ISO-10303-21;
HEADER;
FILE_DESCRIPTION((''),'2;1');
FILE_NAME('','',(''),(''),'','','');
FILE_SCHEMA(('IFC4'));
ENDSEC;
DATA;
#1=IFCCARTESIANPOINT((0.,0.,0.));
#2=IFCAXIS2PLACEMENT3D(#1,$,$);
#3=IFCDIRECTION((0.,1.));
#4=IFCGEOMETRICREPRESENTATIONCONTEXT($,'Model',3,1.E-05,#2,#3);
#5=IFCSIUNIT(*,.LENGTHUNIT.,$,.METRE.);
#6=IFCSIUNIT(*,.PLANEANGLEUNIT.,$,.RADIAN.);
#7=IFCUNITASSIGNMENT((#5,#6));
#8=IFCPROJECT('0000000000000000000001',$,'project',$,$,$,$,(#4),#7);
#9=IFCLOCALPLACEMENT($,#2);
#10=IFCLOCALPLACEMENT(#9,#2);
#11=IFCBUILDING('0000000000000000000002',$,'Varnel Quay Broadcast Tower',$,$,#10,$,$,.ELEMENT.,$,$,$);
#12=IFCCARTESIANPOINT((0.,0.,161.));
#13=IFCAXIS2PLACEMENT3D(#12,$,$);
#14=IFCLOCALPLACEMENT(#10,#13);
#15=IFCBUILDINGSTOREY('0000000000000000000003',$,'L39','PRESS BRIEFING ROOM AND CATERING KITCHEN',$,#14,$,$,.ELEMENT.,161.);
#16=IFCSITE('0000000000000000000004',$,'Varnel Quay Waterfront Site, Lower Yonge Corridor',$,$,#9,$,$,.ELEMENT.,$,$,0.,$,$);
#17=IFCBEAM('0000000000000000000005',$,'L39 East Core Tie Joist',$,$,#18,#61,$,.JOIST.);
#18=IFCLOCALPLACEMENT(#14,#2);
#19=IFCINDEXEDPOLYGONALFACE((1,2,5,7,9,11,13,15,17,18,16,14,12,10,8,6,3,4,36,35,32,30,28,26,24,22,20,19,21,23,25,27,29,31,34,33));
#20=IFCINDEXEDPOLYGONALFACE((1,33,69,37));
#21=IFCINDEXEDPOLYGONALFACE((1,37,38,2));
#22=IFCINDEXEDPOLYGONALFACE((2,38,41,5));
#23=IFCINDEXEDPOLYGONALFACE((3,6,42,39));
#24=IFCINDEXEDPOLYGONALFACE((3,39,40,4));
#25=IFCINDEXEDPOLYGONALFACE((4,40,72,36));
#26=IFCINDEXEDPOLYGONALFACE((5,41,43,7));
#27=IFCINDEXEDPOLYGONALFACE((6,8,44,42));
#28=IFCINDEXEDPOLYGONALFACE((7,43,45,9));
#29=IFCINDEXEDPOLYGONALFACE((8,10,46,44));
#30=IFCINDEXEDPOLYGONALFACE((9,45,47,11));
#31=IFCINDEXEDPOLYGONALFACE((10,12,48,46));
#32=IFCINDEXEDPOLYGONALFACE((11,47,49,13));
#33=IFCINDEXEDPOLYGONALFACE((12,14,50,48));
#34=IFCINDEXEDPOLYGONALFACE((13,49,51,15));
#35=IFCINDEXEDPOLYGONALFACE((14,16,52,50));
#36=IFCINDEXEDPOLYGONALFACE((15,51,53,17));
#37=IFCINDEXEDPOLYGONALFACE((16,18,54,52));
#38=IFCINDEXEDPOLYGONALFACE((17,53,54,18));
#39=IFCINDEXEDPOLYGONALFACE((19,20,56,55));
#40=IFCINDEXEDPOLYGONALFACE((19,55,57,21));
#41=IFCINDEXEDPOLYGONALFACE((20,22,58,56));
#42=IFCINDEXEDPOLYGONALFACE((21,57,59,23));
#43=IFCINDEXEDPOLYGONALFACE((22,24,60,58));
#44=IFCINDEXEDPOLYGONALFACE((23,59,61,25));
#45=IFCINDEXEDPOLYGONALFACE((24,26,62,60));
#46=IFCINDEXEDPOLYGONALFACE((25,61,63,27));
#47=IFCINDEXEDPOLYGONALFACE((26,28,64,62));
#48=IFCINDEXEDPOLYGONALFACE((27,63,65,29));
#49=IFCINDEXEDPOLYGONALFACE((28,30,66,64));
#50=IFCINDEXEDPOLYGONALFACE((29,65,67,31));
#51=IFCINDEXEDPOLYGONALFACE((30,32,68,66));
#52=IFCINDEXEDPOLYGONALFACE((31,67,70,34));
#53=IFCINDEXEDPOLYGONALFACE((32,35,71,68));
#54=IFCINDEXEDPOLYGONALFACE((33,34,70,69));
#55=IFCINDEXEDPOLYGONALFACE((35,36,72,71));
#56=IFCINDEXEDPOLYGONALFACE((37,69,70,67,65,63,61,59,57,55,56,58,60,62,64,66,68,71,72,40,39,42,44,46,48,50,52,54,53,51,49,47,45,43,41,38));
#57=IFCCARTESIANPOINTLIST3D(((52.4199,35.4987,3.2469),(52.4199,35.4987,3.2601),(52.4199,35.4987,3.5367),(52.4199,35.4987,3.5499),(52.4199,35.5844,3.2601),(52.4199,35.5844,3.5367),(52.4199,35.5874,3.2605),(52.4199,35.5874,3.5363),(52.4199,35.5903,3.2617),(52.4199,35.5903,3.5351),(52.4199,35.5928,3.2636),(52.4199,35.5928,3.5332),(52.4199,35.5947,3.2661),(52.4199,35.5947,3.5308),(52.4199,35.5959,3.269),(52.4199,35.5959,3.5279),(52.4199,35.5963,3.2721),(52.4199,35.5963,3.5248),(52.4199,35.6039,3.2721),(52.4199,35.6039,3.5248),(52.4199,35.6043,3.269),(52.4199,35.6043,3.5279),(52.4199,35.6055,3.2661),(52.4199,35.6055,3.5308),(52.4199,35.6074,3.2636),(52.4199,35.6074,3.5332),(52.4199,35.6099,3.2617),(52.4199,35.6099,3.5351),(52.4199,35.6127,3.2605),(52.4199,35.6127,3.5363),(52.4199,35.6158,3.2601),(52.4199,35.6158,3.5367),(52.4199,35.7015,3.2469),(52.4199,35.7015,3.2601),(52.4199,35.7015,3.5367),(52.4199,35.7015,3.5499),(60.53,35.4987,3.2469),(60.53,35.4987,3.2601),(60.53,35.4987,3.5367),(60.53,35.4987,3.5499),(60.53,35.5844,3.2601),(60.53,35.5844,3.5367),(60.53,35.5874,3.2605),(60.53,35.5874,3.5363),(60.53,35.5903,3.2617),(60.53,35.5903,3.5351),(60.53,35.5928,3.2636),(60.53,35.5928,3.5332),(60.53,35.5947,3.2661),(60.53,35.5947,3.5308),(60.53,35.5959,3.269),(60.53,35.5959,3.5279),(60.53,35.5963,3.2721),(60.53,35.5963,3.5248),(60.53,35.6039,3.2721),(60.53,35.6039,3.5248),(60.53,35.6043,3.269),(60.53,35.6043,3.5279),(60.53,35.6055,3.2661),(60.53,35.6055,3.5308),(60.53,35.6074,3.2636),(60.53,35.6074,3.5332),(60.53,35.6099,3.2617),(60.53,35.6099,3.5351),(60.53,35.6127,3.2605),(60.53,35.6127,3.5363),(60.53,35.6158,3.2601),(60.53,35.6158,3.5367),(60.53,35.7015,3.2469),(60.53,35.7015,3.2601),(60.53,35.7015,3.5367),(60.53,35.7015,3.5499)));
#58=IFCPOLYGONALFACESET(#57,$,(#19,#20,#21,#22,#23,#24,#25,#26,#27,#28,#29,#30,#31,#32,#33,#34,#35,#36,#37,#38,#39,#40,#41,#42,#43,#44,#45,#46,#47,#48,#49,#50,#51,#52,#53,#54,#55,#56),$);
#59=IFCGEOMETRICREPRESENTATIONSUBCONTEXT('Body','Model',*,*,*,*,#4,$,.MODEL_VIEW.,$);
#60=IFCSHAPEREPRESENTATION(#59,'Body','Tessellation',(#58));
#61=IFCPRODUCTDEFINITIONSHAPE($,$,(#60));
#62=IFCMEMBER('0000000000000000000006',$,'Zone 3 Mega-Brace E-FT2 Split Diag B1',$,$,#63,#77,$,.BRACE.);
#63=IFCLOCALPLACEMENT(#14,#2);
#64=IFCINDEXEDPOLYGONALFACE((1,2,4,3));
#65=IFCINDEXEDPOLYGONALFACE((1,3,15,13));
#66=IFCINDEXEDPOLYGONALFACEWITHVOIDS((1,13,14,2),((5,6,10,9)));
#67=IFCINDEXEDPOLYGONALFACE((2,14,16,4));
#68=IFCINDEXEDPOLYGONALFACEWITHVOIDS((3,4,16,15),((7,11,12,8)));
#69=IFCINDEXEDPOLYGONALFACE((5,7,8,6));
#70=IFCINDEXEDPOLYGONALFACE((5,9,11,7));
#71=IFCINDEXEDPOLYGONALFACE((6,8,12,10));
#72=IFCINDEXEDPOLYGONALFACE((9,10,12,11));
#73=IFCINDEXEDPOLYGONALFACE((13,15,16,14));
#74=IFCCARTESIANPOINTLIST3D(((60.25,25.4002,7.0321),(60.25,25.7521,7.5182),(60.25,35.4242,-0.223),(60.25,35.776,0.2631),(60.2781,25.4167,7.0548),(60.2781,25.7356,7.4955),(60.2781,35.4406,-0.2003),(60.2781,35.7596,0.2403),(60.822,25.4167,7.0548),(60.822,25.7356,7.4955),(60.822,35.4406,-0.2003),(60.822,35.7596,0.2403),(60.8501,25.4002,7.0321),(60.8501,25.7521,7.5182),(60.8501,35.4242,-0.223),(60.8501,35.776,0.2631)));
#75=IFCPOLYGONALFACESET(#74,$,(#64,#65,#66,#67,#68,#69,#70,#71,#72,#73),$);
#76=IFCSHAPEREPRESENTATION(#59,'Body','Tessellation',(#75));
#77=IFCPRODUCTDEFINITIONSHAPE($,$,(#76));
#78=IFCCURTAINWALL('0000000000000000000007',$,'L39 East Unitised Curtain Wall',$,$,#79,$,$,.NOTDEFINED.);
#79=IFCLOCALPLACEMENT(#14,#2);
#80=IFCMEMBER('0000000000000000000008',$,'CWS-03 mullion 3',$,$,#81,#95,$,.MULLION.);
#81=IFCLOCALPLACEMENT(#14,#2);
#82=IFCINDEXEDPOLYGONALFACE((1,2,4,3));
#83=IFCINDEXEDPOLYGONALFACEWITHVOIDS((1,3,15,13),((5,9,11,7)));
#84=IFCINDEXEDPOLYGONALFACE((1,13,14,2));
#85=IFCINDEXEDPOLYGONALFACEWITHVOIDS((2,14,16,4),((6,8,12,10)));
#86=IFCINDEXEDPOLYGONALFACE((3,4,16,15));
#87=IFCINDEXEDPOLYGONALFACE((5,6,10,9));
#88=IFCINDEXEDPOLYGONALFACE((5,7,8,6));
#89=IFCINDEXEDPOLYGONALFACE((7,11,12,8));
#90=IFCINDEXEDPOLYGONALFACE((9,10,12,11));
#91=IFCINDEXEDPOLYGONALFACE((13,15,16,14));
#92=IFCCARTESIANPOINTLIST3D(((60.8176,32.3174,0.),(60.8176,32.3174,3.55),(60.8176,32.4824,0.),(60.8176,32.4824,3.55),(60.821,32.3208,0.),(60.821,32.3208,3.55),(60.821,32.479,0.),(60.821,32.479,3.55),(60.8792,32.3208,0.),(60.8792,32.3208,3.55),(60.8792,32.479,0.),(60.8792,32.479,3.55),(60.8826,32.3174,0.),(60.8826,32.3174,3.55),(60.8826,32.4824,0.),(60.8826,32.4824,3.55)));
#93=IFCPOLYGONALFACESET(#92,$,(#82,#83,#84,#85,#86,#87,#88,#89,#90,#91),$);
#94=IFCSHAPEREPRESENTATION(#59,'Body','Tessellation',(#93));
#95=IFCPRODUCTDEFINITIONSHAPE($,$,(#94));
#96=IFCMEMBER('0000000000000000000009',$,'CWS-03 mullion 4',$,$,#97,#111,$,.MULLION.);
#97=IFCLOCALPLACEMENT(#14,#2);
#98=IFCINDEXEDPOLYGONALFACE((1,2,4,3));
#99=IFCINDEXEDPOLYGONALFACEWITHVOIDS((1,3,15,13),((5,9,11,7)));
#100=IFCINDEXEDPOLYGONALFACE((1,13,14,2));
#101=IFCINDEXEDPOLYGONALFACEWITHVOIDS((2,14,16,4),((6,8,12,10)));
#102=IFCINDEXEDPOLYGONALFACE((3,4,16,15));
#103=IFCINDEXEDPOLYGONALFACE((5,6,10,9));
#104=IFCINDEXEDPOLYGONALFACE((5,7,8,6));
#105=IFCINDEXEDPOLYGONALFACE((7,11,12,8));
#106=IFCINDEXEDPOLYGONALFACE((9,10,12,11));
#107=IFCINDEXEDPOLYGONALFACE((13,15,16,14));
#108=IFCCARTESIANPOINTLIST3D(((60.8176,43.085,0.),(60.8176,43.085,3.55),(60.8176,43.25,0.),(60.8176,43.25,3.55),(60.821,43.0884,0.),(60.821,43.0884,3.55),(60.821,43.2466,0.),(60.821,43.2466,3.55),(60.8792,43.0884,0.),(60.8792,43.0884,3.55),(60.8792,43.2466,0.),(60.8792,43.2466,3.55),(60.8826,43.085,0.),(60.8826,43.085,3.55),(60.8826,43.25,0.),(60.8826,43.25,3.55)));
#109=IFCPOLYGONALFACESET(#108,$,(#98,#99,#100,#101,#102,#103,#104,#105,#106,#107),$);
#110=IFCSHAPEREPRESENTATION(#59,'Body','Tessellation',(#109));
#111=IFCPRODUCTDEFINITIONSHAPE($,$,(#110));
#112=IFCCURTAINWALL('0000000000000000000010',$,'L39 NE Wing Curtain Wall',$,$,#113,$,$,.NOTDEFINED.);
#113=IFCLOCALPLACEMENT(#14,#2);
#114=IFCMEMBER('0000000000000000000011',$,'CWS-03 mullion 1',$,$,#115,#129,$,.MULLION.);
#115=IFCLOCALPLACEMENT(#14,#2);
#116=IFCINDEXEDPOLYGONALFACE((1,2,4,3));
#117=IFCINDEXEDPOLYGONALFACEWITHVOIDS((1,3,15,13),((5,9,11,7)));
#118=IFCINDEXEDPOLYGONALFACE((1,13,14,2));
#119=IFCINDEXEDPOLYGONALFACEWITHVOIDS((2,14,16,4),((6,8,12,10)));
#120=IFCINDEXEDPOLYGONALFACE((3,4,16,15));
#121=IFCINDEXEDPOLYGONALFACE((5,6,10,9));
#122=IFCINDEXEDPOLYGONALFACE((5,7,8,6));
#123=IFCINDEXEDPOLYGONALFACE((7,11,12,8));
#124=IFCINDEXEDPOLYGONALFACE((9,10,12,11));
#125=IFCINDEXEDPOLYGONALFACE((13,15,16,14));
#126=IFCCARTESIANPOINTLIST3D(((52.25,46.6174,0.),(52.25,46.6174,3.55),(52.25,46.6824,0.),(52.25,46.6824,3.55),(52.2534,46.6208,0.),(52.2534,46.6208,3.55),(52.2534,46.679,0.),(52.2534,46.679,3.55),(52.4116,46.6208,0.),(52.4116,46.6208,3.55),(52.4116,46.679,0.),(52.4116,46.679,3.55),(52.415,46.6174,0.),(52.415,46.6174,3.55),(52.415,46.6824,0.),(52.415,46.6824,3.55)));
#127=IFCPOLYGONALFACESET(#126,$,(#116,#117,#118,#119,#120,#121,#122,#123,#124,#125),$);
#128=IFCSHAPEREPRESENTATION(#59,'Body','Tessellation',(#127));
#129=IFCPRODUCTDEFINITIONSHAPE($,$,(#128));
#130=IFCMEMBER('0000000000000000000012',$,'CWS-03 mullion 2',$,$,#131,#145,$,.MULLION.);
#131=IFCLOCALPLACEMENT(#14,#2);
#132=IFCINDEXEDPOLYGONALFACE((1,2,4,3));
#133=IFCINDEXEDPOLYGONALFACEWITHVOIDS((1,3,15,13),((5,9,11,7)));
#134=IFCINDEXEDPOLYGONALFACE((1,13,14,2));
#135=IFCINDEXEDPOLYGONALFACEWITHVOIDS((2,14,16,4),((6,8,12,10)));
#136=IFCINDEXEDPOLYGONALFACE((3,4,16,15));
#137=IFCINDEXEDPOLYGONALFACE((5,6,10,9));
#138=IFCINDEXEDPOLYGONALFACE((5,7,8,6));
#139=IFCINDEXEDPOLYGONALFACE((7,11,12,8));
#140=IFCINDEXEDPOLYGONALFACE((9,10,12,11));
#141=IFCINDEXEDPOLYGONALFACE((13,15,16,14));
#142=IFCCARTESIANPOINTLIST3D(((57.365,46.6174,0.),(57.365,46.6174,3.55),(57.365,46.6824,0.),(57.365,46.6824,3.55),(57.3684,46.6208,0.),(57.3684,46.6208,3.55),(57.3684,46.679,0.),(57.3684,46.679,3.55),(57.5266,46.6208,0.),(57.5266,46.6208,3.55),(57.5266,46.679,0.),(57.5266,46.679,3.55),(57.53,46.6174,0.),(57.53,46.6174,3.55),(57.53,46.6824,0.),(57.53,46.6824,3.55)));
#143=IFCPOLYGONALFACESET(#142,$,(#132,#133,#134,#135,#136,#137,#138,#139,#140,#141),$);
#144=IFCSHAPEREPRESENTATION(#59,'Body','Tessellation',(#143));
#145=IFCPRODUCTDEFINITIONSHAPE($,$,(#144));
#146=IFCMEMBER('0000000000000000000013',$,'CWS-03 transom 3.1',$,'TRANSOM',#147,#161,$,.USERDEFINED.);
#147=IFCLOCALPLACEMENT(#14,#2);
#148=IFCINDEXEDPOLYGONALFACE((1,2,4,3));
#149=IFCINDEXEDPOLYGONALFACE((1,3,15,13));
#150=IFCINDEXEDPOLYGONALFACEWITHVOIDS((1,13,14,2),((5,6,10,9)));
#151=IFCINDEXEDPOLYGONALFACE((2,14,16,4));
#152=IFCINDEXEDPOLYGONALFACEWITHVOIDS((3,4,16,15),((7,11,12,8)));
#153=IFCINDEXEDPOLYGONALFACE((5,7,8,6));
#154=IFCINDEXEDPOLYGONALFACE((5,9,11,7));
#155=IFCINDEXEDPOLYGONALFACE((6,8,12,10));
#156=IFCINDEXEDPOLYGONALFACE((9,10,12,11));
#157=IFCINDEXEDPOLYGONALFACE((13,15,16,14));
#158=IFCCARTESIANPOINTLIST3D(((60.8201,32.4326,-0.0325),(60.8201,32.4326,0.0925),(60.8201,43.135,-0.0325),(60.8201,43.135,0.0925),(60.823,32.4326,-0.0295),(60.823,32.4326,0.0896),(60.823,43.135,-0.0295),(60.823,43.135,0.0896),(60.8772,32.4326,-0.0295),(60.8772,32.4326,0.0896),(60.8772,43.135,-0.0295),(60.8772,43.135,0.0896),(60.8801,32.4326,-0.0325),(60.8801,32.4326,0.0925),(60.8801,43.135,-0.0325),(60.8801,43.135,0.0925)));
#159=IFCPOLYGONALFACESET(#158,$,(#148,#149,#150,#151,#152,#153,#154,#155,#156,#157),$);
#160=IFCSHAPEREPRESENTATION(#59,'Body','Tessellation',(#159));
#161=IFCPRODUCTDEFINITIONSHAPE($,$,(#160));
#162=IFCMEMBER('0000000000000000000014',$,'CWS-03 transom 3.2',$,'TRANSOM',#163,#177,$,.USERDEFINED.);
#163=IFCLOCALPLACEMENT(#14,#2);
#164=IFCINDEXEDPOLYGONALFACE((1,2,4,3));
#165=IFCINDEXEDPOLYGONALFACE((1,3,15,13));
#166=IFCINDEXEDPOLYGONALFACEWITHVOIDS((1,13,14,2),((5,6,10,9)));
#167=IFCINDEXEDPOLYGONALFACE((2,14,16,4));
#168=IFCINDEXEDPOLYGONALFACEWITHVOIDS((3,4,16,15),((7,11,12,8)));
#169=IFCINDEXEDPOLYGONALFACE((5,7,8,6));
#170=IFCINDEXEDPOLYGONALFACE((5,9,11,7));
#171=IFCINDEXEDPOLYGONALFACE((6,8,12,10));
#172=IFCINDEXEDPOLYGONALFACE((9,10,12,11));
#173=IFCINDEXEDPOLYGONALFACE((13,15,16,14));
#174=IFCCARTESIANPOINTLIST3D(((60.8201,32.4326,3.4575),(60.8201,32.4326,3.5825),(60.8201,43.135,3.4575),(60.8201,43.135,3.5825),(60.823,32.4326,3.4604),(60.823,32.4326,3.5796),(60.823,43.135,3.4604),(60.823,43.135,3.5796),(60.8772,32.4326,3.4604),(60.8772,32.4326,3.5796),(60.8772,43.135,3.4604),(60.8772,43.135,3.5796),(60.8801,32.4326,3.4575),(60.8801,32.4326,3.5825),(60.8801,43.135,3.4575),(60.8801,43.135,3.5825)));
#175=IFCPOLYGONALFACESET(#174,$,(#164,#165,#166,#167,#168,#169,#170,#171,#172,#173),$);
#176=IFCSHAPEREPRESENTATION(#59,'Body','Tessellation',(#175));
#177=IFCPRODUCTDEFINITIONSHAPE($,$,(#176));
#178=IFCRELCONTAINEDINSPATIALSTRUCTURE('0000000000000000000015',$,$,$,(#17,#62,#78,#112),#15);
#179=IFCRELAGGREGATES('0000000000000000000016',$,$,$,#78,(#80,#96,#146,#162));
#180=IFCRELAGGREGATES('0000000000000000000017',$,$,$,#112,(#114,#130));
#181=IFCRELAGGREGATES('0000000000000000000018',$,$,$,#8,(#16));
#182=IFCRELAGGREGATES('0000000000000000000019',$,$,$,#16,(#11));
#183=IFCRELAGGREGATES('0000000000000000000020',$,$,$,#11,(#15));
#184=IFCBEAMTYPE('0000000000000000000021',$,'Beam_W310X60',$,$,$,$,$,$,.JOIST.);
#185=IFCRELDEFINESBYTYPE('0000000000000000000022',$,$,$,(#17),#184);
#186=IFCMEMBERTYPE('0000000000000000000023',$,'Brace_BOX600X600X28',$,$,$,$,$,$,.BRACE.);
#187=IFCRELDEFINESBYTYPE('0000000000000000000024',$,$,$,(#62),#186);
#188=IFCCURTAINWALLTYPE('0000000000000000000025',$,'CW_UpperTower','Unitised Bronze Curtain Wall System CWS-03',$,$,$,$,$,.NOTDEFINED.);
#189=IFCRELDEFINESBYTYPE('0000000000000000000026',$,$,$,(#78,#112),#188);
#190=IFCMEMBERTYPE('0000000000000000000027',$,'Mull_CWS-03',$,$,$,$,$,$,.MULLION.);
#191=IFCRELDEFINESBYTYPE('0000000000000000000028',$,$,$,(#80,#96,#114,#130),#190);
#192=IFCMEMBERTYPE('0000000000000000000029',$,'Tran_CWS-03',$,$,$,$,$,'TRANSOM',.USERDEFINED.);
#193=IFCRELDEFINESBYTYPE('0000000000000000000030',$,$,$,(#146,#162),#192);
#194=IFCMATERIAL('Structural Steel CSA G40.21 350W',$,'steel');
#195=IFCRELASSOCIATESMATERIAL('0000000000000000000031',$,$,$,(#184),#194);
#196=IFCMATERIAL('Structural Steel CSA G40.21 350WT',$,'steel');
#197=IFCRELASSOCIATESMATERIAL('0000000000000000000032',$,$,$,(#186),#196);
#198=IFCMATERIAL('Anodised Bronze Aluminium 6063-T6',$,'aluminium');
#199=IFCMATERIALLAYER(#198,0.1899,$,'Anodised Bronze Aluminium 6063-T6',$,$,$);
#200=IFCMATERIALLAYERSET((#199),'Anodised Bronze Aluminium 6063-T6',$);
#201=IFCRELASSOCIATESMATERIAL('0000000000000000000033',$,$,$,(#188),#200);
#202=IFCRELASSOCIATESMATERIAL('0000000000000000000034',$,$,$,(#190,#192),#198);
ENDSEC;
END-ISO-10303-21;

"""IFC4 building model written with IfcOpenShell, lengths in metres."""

from ifc_helpers import new_model, si_unit, direction, frame, origin, origin_2d, place, context, subcontext, project, spatial, hollow_rectangle, i_section, extrude, source, transform, mapped, material, layer, layer_set, material_profile, profile_set, type_object, type_shapes, element, aggregate, save


model = new_model("IFC4")

# Units and contexts
model_context = context("Model", 3, precision=1e-05, world=origin(), true_north=direction((0.0, 1.0)))
body_context = subcontext(model_context, "Body", "Model", "MODEL_VIEW")
ifc_project = project(units=[si_unit("LENGTHUNIT", "METRE"), si_unit("PLANEANGLEUNIT", "RADIAN")], contexts=[model_context])

# Site, building, storey
site_placement = place(None, origin())
site = spatial("IfcSite", under=ifc_project, at=site_placement, Name="Varnel Quay Waterfront Site, Lower Yonge Corridor", CompositionType="ELEMENT", RefElevation=0.0)
building_placement = place(site_placement, origin())
building = spatial("IfcBuilding", under=site, at=building_placement, Name="Varnel Quay Broadcast Tower", CompositionType="ELEMENT")
storey_placement = place(building_placement, frame((0.0, 0.0, 161.0)))
storey = spatial("IfcBuildingStorey", under=building, at=storey_placement, Name="L39", Description="PRESS BRIEFING ROOM AND CATERING KITCHEN", CompositionType="ELEMENT", Elevation=161.0)

# Shared definitions
ifc_material_1 = material(Name="Structural Steel CSA G40.21 350WT", Category="steel")
ifc_material_2 = material(Name="Structural Steel CSA G40.21 350W", Category="steel")

# Beam
ifc_material_profile_1 = material_profile(ifc_material_2, i_section(OverallWidth=0.2029, OverallDepth=0.303, WebThickness=0.0076, FlangeThickness=0.0132, FilletRadius=0.012, at=origin_2d()), Name="W310X60")
ifc_profile_set_1 = profile_set([ifc_material_profile_1], Name="Structural Steel CSA G40.21 350W")
beam_type_1 = type_object("IfcBeamType", Name="Beam_W310X60", PredefinedType="JOIST", material=ifc_profile_set_1)
shared_shape_1 = source(origin(), body_context, "Body", "SweptSolid", [
    extrude(i_section(OverallWidth=0.2029, OverallDepth=0.303, WebThickness=0.0076, FlangeThickness=0.0132, FilletRadius=0.012, at=origin_2d()), origin(), (0.0, 0.0, 1.0), 8.1101),
])
type_shapes(beam_type_1, [shared_shape_1])
beam_1_placement = place(storey_placement, frame((52.4199, 35.6001, 3.3984), z_axis=(1.0, 0.0, 0.0), x_axis=(0.0, 1.0, 0.0)))
element("IfcBeam", 1, at=beam_1_placement, inside=storey, type_object=beam_type_1, Name="L39 East Core Tie Joist", PredefinedType="JOIST", context=body_context, shape_type="MappedRepresentation", body=[
    mapped(shared_shape_1, transform((0.0, 0.0, 0.0), x_axis=(1.0, 0.0, 0.0), y_axis=(0.0, 1.0, 0.0), z_axis=(0.0, 0.0, 1.0), scale=1.0)),
])

# Member
ifc_material_profile_2 = material_profile(ifc_material_1, hollow_rectangle(XDim=0.6001, YDim=0.6001, WallThickness=0.0281, at=origin_2d()), Name="BOX600X600X28")
ifc_profile_set_2 = profile_set([ifc_material_profile_2], Name="Structural Steel CSA G40.21 350WT")
member_type_1 = type_object("IfcMemberType", Name="Brace_BOX600X600X28", PredefinedType="BRACE", material=ifc_profile_set_2)
shared_shape_2 = source(origin(), body_context, "Body", "SweptSolid", [
    extrude(hollow_rectangle(XDim=0.6001, YDim=0.6001, WallThickness=0.0281, at=origin_2d()), origin(), (0.0, 0.0, 1.0), 12.374),
])
type_shapes(member_type_1, [shared_shape_2])
member_1_placement = place(storey_placement, frame((60.55, 35.6001, 0.02), z_axis=(0.0, -0.810079, 0.58632), x_axis=(1.0, 0.0, 0.0)))
element("IfcMember", 2, at=member_1_placement, inside=storey, type_object=member_type_1, Name="Zone 3 Mega-Brace E-FT2 Split Diag B1", PredefinedType="BRACE", context=body_context, shape_type="MappedRepresentation", body=[
    mapped(shared_shape_2, transform((0.0, 0.0, 0.0), x_axis=(1.0, 0.0, 0.0), y_axis=(0.0, 1.0, 0.0), z_axis=(0.0, 0.0, 1.0), scale=1.0)),
])

# Curtain walls, members
ifc_material_3 = material(Name="Anodised Bronze Aluminium 6063-T6", Category="aluminium")
ifc_layer_1 = layer(ifc_material_3, 0.1899, Name="Anodised Bronze Aluminium 6063-T6")
ifc_layer_set_1 = layer_set([ifc_layer_1], Name="Anodised Bronze Aluminium 6063-T6")
curtain_wall_type = type_object("IfcCurtainWallType", Name="CW_UpperTower", Description="Unitised Bronze Curtain Wall System CWS-03", PredefinedType="NOTDEFINED", material=ifc_layer_set_1)
curtain_wall_1_placement = place(storey_placement, origin())
curtain_wall_1 = element("IfcCurtainWall", 3, at=curtain_wall_1_placement, inside=storey, type_object=curtain_wall_type, Name="L39 East Unitised Curtain Wall", PredefinedType="NOTDEFINED")
ifc_material_profile_3 = material_profile(ifc_material_3, hollow_rectangle(XDim=0.0649, YDim=0.165, WallThickness=0.0034, at=origin_2d()), Name="ALU65X165X3.5")
ifc_profile_set_3 = profile_set([ifc_material_profile_3], Name="Anodised Bronze Aluminium 6063-T6")
member_type_2 = type_object("IfcMemberType", Name="Mull_CWS-03", PredefinedType="MULLION", material=ifc_profile_set_3)
shared_shape_3 = source(origin(), body_context, "Body", "SweptSolid", [
    extrude(hollow_rectangle(XDim=0.0649, YDim=0.165, WallThickness=0.0034, at=origin_2d()), origin(), (0.0, 0.0, 1.0), 3.55),
])
type_shapes(member_type_2, [shared_shape_3])
member_2_placement = place(storey_placement, frame((60.8501, 32.3999, 0.0), z_axis=(0.0, 0.0, 1.0), x_axis=(-1.0, 0.0, 0.0)))
member_2 = element("IfcMember", 4, at=member_2_placement, type_object=member_type_2, Name="CWS-03 mullion 3", PredefinedType="MULLION", context=body_context, shape_type="MappedRepresentation", body=[
    mapped(shared_shape_3, transform((0.0, 0.0, 0.0), x_axis=(1.0, 0.0, 0.0), y_axis=(0.0, 1.0, 0.0), z_axis=(0.0, 0.0, 1.0), scale=1.0)),
])
member_3_placement = place(storey_placement, frame((60.8501, 43.1675, 0.0), z_axis=(0.0, 0.0, 1.0), x_axis=(-1.0, 0.0, 0.0)))
member_3 = element("IfcMember", 5, at=member_3_placement, type_object=member_type_2, Name="CWS-03 mullion 4", PredefinedType="MULLION", context=body_context, shape_type="MappedRepresentation", body=[
    mapped(shared_shape_3, transform((0.0, 0.0, 0.0), x_axis=(1.0, 0.0, 0.0), y_axis=(0.0, 1.0, 0.0), z_axis=(0.0, 0.0, 1.0), scale=1.0)),
])
curtain_wall_2_placement = place(storey_placement, origin())
curtain_wall_2 = element("IfcCurtainWall", 6, at=curtain_wall_2_placement, inside=storey, type_object=curtain_wall_type, Name="L39 NE Wing Curtain Wall", PredefinedType="NOTDEFINED")
member_4_placement = place(storey_placement, frame((52.3325, 46.6499, 0.0), z_axis=(0.0, 0.0, 1.0), x_axis=(0.0, 1.0, 0.0)))
member_4 = element("IfcMember", 7, at=member_4_placement, type_object=member_type_2, Name="CWS-03 mullion 1", PredefinedType="MULLION", context=body_context, shape_type="MappedRepresentation", body=[
    mapped(shared_shape_3, transform((0.0, 0.0, 0.0), x_axis=(1.0, 0.0, 0.0), y_axis=(0.0, 1.0, 0.0), z_axis=(0.0, 0.0, 1.0), scale=1.0)),
])
member_5_placement = place(storey_placement, frame((57.4475, 46.6499, 0.0), z_axis=(0.0, 0.0, 1.0), x_axis=(0.0, 1.0, 0.0)))
member_5 = element("IfcMember", 8, at=member_5_placement, type_object=member_type_2, Name="CWS-03 mullion 2", PredefinedType="MULLION", context=body_context, shape_type="MappedRepresentation", body=[
    mapped(shared_shape_3, transform((0.0, 0.0, 0.0), x_axis=(1.0, 0.0, 0.0), y_axis=(0.0, 1.0, 0.0), z_axis=(0.0, 0.0, 1.0), scale=1.0)),
])

# Members
ifc_material_profile_4 = material_profile(ifc_material_3, hollow_rectangle(XDim=0.0601, YDim=0.125, WallThickness=0.0029, at=origin_2d()), Name="ALU60X125X3")
ifc_profile_set_4 = profile_set([ifc_material_profile_4], Name="Anodised Bronze Aluminium 6063-T6")
member_type_3 = type_object("IfcMemberType", Name="Tran_CWS-03", ElementType="TRANSOM", PredefinedType="USERDEFINED", material=ifc_profile_set_4)
shared_shape_4 = source(origin(), body_context, "Body", "SweptSolid", [
    extrude(hollow_rectangle(XDim=0.0601, YDim=0.125, WallThickness=0.0029, at=origin_2d()), origin(), (0.0, 0.0, 1.0), 10.7024),
])
member_6_placement = place(storey_placement, frame((60.8501, 32.4326, 0.03), z_axis=(0.0, 1.0, 0.0), x_axis=(-1.0, 0.0, 0.0)))
member_6 = element("IfcMember", 9, at=member_6_placement, type_object=member_type_3, Name="CWS-03 transom 3.1", ObjectType="TRANSOM", PredefinedType="USERDEFINED", context=body_context, shape_type="MappedRepresentation", body=[
    mapped(shared_shape_4, transform((0.0, 0.0, 0.0), x_axis=(1.0, 0.0, 0.0), y_axis=(0.0, 1.0, 0.0), z_axis=(0.0, 0.0, 1.0), scale=1.0)),
])
member_7_placement = place(storey_placement, frame((60.8501, 32.4326, 3.52), z_axis=(0.0, 1.0, 0.0), x_axis=(-1.0, 0.0, 0.0)))
member_7 = element("IfcMember", 10, at=member_7_placement, type_object=member_type_3, Name="CWS-03 transom 3.2", ObjectType="TRANSOM", PredefinedType="USERDEFINED", context=body_context, shape_type="MappedRepresentation", body=[
    mapped(shared_shape_4, transform((0.0, 0.0, 0.0), x_axis=(1.0, 0.0, 0.0), y_axis=(0.0, 1.0, 0.0), z_axis=(0.0, 0.0, 1.0), scale=1.0)),
])

aggregate(curtain_wall_1, [member_2, member_3, member_6, member_7])
aggregate(curtain_wall_2, [member_4, member_5])

save(model, "model.ifc")
